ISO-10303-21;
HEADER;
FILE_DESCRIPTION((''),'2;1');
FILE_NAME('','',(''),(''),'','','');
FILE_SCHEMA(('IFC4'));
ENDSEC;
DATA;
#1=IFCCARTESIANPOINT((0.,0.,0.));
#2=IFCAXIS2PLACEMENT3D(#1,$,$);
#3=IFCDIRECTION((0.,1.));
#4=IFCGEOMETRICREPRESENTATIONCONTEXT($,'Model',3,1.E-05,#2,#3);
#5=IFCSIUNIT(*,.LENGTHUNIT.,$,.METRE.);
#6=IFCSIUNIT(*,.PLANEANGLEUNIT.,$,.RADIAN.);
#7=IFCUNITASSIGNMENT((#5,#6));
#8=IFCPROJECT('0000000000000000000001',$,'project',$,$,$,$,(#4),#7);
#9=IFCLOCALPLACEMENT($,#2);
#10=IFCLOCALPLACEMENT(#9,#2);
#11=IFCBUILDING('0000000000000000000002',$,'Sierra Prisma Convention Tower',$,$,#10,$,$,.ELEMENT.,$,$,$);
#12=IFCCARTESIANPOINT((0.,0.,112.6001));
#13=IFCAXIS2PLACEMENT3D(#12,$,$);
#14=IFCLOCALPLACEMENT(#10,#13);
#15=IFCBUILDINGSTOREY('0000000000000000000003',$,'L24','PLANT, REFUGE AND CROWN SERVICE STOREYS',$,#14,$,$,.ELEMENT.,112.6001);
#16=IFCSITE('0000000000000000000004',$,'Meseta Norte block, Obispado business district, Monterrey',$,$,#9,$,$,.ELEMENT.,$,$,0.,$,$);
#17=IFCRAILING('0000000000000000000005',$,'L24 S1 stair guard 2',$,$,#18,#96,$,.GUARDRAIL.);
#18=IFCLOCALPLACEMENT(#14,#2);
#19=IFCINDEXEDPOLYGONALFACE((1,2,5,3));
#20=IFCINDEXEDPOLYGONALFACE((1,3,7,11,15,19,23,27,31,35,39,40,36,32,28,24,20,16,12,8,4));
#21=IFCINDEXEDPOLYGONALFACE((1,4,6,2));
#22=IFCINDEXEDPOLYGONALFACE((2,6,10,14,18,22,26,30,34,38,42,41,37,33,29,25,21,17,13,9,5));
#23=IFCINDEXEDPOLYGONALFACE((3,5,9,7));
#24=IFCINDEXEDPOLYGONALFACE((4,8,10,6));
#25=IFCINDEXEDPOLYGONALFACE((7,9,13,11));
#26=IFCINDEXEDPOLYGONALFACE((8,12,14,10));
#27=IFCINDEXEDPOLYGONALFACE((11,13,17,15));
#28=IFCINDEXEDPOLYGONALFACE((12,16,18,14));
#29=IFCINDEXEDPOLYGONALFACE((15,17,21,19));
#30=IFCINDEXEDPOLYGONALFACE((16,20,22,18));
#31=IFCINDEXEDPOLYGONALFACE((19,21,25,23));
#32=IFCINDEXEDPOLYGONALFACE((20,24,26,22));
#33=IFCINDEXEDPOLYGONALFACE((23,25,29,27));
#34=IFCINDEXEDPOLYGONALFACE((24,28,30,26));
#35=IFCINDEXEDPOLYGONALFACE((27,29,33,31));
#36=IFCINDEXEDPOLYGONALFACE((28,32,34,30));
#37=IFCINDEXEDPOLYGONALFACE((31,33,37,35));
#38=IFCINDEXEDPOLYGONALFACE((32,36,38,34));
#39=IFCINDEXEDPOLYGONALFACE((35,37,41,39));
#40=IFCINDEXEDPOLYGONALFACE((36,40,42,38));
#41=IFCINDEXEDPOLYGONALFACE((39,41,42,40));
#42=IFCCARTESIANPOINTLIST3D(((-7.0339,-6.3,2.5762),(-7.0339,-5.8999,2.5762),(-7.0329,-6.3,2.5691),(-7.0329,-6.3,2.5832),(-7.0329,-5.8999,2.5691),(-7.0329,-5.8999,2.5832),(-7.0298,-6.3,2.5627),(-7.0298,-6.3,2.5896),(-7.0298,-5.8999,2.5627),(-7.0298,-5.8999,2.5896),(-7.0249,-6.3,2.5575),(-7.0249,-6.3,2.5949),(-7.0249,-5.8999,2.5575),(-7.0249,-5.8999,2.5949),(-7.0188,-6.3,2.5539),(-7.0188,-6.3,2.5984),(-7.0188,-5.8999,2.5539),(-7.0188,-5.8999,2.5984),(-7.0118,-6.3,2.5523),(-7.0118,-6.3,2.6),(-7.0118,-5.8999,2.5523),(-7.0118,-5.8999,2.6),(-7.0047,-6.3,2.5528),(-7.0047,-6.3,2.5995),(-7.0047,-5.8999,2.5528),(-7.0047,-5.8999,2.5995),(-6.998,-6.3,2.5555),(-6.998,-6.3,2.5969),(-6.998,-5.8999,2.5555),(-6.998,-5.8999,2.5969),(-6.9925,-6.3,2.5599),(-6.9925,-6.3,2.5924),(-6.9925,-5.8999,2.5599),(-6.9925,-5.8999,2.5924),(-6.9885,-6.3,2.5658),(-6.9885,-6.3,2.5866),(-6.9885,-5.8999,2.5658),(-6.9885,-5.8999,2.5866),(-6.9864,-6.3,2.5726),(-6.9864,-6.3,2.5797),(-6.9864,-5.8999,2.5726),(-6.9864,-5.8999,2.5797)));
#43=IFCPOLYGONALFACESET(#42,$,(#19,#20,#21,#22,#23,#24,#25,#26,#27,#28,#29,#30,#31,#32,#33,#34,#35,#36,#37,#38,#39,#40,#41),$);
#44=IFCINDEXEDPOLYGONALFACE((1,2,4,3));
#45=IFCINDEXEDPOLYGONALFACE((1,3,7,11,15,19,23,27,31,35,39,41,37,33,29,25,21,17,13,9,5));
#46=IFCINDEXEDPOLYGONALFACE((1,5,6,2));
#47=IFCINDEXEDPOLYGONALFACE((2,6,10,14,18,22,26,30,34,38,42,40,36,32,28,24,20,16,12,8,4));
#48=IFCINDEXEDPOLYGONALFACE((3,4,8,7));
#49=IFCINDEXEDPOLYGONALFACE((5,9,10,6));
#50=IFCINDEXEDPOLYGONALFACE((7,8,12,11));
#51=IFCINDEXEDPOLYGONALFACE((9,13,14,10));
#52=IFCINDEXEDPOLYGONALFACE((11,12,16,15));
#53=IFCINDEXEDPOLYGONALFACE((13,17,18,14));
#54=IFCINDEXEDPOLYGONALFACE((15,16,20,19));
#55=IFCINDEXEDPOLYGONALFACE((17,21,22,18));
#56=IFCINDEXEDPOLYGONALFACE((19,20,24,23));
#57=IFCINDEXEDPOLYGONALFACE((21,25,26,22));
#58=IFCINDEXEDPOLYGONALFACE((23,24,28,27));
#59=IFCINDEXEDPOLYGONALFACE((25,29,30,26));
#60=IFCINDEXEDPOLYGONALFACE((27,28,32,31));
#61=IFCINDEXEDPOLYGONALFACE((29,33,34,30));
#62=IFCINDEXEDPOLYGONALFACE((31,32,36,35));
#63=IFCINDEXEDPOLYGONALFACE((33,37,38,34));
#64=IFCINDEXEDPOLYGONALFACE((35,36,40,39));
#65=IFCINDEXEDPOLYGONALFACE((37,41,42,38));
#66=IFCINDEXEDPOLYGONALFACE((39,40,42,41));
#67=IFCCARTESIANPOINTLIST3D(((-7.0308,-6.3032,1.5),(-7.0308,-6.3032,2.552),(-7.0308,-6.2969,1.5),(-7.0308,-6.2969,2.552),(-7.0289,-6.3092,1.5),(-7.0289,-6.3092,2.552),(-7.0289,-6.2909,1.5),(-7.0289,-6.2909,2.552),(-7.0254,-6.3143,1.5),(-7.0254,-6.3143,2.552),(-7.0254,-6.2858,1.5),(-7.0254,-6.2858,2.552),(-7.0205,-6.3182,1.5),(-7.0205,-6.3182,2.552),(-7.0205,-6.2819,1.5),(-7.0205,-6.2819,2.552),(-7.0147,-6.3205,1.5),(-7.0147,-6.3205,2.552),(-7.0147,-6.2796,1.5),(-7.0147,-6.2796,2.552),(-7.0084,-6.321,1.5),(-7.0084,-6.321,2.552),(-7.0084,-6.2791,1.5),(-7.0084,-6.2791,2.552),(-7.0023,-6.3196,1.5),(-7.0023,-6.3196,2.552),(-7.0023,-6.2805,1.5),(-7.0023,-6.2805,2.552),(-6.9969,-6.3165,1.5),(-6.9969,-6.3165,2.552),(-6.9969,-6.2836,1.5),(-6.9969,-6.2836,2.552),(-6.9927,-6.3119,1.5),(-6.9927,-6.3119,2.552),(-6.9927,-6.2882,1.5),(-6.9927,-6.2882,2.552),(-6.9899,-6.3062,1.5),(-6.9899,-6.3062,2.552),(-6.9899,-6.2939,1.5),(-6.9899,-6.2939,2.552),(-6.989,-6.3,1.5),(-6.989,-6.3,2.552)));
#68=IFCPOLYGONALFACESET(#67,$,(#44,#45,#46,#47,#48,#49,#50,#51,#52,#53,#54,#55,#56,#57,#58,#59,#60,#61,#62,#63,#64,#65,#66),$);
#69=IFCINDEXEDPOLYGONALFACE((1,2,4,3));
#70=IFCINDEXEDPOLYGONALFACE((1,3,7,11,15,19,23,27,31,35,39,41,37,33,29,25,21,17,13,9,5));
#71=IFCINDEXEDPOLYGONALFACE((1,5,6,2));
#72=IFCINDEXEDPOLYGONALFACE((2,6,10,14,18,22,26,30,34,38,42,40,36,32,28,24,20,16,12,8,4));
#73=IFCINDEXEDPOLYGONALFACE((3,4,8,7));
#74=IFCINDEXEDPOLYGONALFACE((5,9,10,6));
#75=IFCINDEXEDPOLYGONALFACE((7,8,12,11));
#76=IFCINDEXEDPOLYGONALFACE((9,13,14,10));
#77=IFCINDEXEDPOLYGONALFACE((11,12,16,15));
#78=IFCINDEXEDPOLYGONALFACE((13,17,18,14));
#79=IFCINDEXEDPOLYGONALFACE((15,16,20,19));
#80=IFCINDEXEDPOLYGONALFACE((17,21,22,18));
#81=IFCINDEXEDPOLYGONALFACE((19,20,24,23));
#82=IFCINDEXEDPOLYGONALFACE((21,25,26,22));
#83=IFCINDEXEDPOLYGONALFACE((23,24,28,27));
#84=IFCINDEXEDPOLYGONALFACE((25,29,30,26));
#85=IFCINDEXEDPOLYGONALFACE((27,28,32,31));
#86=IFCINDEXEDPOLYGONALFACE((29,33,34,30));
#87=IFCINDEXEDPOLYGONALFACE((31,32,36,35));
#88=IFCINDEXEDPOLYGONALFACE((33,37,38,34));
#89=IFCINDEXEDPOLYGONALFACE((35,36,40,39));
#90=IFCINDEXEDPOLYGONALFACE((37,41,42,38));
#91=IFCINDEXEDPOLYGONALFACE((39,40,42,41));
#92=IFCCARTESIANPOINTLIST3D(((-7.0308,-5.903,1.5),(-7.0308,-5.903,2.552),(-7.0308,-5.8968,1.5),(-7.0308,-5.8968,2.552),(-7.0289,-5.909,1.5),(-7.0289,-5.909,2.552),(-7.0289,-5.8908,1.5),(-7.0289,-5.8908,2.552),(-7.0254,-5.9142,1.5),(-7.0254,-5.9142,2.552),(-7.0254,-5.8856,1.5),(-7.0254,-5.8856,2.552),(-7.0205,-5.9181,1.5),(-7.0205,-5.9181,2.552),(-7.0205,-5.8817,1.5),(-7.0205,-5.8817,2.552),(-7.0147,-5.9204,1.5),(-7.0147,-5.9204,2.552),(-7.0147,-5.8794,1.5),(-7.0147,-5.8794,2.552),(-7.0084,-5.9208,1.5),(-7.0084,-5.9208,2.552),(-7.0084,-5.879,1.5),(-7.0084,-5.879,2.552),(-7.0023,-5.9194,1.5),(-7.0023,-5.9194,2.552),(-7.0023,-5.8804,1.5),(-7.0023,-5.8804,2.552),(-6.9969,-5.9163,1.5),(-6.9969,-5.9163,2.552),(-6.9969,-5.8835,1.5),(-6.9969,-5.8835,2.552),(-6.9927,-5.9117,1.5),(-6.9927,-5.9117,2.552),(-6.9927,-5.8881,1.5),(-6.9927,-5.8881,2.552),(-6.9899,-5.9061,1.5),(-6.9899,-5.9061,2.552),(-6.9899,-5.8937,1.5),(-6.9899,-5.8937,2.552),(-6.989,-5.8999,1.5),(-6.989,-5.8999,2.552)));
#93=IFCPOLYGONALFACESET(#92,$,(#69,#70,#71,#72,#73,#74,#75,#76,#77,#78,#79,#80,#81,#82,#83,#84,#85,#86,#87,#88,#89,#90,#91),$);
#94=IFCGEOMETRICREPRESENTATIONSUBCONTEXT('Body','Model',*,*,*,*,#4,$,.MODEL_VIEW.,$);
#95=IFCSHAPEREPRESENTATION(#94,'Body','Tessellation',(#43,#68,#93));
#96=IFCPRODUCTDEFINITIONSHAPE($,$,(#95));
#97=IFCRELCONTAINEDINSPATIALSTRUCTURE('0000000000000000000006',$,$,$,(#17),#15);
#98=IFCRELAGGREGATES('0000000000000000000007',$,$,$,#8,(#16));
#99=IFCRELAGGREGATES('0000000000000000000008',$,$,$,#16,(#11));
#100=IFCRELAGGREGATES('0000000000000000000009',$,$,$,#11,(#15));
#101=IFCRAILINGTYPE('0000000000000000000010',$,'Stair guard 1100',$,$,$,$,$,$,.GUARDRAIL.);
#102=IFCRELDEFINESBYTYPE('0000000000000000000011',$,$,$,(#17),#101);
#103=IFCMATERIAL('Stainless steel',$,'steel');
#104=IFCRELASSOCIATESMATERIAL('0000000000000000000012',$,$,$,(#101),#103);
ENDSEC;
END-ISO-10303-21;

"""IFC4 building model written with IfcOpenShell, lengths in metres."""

from ifc_helpers import new_model, si_unit, direction, frame, origin, origin_2d, place, context, subcontext, project, spatial, circle, extrude, material, type_object, element, save


model = new_model("IFC4")

# Units and contexts
model_context = context("Model", 3, precision=1e-05, world=origin(), true_north=direction((0.0, 1.0)))
body_context = subcontext(model_context, "Body", "Model", "MODEL_VIEW")
ifc_project = project(units=[si_unit("LENGTHUNIT", "METRE"), si_unit("PLANEANGLEUNIT", "RADIAN")], contexts=[model_context])

# Site, building, storey
site_placement = place(None, origin())
site = spatial("IfcSite", under=ifc_project, at=site_placement, Name="Meseta Norte block, Obispado business district, Monterrey", CompositionType="ELEMENT", RefElevation=0.0)
building_placement = place(site_placement, origin())
building = spatial("IfcBuilding", under=site, at=building_placement, Name="Sierra Prisma Convention Tower", CompositionType="ELEMENT")
storey_placement = place(building_placement, frame((0.0, 0.0, 112.6001)))
storey = spatial("IfcBuildingStorey", under=building, at=storey_placement, Name="L24", Description="PLANT, REFUGE AND CROWN SERVICE STOREYS", CompositionType="ELEMENT", Elevation=112.6001)

# Railing
ifc_material_1 = material(Name="Stainless steel", Category="steel")
railing_type_1 = type_object("IfcRailingType", Name="Stair guard 1100", PredefinedType="GUARDRAIL", material=ifc_material_1)
railing_1_placement = place(storey_placement, frame((-7.01, -6.3, 1.5)))
element("IfcRailing", 1, at=railing_1_placement, inside=storey, type_object=railing_type_1, Name="L24 S1 stair guard 2", PredefinedType="GUARDRAIL", context=body_context, shape_type="SweptSolid", body=[
    extrude(circle(Radius=0.0239, at=origin_2d()), frame((0.0, 0.0, 1.0762), z_axis=(0.0, 1.0, 0.0), x_axis=(-1.0, 0.0, 0.0)), (0.0, 0.0, 1.0), 0.4001),
    extrude(circle(Radius=0.021, at=origin_2d()), origin(), (0.0, 0.0, 1.0), 1.052),
    extrude(circle(Radius=0.021, at=origin_2d()), frame((0.0, 0.4001, 0.0)), (0.0, 0.0, 1.0), 1.052),
])

save(model, "model.ifc")
